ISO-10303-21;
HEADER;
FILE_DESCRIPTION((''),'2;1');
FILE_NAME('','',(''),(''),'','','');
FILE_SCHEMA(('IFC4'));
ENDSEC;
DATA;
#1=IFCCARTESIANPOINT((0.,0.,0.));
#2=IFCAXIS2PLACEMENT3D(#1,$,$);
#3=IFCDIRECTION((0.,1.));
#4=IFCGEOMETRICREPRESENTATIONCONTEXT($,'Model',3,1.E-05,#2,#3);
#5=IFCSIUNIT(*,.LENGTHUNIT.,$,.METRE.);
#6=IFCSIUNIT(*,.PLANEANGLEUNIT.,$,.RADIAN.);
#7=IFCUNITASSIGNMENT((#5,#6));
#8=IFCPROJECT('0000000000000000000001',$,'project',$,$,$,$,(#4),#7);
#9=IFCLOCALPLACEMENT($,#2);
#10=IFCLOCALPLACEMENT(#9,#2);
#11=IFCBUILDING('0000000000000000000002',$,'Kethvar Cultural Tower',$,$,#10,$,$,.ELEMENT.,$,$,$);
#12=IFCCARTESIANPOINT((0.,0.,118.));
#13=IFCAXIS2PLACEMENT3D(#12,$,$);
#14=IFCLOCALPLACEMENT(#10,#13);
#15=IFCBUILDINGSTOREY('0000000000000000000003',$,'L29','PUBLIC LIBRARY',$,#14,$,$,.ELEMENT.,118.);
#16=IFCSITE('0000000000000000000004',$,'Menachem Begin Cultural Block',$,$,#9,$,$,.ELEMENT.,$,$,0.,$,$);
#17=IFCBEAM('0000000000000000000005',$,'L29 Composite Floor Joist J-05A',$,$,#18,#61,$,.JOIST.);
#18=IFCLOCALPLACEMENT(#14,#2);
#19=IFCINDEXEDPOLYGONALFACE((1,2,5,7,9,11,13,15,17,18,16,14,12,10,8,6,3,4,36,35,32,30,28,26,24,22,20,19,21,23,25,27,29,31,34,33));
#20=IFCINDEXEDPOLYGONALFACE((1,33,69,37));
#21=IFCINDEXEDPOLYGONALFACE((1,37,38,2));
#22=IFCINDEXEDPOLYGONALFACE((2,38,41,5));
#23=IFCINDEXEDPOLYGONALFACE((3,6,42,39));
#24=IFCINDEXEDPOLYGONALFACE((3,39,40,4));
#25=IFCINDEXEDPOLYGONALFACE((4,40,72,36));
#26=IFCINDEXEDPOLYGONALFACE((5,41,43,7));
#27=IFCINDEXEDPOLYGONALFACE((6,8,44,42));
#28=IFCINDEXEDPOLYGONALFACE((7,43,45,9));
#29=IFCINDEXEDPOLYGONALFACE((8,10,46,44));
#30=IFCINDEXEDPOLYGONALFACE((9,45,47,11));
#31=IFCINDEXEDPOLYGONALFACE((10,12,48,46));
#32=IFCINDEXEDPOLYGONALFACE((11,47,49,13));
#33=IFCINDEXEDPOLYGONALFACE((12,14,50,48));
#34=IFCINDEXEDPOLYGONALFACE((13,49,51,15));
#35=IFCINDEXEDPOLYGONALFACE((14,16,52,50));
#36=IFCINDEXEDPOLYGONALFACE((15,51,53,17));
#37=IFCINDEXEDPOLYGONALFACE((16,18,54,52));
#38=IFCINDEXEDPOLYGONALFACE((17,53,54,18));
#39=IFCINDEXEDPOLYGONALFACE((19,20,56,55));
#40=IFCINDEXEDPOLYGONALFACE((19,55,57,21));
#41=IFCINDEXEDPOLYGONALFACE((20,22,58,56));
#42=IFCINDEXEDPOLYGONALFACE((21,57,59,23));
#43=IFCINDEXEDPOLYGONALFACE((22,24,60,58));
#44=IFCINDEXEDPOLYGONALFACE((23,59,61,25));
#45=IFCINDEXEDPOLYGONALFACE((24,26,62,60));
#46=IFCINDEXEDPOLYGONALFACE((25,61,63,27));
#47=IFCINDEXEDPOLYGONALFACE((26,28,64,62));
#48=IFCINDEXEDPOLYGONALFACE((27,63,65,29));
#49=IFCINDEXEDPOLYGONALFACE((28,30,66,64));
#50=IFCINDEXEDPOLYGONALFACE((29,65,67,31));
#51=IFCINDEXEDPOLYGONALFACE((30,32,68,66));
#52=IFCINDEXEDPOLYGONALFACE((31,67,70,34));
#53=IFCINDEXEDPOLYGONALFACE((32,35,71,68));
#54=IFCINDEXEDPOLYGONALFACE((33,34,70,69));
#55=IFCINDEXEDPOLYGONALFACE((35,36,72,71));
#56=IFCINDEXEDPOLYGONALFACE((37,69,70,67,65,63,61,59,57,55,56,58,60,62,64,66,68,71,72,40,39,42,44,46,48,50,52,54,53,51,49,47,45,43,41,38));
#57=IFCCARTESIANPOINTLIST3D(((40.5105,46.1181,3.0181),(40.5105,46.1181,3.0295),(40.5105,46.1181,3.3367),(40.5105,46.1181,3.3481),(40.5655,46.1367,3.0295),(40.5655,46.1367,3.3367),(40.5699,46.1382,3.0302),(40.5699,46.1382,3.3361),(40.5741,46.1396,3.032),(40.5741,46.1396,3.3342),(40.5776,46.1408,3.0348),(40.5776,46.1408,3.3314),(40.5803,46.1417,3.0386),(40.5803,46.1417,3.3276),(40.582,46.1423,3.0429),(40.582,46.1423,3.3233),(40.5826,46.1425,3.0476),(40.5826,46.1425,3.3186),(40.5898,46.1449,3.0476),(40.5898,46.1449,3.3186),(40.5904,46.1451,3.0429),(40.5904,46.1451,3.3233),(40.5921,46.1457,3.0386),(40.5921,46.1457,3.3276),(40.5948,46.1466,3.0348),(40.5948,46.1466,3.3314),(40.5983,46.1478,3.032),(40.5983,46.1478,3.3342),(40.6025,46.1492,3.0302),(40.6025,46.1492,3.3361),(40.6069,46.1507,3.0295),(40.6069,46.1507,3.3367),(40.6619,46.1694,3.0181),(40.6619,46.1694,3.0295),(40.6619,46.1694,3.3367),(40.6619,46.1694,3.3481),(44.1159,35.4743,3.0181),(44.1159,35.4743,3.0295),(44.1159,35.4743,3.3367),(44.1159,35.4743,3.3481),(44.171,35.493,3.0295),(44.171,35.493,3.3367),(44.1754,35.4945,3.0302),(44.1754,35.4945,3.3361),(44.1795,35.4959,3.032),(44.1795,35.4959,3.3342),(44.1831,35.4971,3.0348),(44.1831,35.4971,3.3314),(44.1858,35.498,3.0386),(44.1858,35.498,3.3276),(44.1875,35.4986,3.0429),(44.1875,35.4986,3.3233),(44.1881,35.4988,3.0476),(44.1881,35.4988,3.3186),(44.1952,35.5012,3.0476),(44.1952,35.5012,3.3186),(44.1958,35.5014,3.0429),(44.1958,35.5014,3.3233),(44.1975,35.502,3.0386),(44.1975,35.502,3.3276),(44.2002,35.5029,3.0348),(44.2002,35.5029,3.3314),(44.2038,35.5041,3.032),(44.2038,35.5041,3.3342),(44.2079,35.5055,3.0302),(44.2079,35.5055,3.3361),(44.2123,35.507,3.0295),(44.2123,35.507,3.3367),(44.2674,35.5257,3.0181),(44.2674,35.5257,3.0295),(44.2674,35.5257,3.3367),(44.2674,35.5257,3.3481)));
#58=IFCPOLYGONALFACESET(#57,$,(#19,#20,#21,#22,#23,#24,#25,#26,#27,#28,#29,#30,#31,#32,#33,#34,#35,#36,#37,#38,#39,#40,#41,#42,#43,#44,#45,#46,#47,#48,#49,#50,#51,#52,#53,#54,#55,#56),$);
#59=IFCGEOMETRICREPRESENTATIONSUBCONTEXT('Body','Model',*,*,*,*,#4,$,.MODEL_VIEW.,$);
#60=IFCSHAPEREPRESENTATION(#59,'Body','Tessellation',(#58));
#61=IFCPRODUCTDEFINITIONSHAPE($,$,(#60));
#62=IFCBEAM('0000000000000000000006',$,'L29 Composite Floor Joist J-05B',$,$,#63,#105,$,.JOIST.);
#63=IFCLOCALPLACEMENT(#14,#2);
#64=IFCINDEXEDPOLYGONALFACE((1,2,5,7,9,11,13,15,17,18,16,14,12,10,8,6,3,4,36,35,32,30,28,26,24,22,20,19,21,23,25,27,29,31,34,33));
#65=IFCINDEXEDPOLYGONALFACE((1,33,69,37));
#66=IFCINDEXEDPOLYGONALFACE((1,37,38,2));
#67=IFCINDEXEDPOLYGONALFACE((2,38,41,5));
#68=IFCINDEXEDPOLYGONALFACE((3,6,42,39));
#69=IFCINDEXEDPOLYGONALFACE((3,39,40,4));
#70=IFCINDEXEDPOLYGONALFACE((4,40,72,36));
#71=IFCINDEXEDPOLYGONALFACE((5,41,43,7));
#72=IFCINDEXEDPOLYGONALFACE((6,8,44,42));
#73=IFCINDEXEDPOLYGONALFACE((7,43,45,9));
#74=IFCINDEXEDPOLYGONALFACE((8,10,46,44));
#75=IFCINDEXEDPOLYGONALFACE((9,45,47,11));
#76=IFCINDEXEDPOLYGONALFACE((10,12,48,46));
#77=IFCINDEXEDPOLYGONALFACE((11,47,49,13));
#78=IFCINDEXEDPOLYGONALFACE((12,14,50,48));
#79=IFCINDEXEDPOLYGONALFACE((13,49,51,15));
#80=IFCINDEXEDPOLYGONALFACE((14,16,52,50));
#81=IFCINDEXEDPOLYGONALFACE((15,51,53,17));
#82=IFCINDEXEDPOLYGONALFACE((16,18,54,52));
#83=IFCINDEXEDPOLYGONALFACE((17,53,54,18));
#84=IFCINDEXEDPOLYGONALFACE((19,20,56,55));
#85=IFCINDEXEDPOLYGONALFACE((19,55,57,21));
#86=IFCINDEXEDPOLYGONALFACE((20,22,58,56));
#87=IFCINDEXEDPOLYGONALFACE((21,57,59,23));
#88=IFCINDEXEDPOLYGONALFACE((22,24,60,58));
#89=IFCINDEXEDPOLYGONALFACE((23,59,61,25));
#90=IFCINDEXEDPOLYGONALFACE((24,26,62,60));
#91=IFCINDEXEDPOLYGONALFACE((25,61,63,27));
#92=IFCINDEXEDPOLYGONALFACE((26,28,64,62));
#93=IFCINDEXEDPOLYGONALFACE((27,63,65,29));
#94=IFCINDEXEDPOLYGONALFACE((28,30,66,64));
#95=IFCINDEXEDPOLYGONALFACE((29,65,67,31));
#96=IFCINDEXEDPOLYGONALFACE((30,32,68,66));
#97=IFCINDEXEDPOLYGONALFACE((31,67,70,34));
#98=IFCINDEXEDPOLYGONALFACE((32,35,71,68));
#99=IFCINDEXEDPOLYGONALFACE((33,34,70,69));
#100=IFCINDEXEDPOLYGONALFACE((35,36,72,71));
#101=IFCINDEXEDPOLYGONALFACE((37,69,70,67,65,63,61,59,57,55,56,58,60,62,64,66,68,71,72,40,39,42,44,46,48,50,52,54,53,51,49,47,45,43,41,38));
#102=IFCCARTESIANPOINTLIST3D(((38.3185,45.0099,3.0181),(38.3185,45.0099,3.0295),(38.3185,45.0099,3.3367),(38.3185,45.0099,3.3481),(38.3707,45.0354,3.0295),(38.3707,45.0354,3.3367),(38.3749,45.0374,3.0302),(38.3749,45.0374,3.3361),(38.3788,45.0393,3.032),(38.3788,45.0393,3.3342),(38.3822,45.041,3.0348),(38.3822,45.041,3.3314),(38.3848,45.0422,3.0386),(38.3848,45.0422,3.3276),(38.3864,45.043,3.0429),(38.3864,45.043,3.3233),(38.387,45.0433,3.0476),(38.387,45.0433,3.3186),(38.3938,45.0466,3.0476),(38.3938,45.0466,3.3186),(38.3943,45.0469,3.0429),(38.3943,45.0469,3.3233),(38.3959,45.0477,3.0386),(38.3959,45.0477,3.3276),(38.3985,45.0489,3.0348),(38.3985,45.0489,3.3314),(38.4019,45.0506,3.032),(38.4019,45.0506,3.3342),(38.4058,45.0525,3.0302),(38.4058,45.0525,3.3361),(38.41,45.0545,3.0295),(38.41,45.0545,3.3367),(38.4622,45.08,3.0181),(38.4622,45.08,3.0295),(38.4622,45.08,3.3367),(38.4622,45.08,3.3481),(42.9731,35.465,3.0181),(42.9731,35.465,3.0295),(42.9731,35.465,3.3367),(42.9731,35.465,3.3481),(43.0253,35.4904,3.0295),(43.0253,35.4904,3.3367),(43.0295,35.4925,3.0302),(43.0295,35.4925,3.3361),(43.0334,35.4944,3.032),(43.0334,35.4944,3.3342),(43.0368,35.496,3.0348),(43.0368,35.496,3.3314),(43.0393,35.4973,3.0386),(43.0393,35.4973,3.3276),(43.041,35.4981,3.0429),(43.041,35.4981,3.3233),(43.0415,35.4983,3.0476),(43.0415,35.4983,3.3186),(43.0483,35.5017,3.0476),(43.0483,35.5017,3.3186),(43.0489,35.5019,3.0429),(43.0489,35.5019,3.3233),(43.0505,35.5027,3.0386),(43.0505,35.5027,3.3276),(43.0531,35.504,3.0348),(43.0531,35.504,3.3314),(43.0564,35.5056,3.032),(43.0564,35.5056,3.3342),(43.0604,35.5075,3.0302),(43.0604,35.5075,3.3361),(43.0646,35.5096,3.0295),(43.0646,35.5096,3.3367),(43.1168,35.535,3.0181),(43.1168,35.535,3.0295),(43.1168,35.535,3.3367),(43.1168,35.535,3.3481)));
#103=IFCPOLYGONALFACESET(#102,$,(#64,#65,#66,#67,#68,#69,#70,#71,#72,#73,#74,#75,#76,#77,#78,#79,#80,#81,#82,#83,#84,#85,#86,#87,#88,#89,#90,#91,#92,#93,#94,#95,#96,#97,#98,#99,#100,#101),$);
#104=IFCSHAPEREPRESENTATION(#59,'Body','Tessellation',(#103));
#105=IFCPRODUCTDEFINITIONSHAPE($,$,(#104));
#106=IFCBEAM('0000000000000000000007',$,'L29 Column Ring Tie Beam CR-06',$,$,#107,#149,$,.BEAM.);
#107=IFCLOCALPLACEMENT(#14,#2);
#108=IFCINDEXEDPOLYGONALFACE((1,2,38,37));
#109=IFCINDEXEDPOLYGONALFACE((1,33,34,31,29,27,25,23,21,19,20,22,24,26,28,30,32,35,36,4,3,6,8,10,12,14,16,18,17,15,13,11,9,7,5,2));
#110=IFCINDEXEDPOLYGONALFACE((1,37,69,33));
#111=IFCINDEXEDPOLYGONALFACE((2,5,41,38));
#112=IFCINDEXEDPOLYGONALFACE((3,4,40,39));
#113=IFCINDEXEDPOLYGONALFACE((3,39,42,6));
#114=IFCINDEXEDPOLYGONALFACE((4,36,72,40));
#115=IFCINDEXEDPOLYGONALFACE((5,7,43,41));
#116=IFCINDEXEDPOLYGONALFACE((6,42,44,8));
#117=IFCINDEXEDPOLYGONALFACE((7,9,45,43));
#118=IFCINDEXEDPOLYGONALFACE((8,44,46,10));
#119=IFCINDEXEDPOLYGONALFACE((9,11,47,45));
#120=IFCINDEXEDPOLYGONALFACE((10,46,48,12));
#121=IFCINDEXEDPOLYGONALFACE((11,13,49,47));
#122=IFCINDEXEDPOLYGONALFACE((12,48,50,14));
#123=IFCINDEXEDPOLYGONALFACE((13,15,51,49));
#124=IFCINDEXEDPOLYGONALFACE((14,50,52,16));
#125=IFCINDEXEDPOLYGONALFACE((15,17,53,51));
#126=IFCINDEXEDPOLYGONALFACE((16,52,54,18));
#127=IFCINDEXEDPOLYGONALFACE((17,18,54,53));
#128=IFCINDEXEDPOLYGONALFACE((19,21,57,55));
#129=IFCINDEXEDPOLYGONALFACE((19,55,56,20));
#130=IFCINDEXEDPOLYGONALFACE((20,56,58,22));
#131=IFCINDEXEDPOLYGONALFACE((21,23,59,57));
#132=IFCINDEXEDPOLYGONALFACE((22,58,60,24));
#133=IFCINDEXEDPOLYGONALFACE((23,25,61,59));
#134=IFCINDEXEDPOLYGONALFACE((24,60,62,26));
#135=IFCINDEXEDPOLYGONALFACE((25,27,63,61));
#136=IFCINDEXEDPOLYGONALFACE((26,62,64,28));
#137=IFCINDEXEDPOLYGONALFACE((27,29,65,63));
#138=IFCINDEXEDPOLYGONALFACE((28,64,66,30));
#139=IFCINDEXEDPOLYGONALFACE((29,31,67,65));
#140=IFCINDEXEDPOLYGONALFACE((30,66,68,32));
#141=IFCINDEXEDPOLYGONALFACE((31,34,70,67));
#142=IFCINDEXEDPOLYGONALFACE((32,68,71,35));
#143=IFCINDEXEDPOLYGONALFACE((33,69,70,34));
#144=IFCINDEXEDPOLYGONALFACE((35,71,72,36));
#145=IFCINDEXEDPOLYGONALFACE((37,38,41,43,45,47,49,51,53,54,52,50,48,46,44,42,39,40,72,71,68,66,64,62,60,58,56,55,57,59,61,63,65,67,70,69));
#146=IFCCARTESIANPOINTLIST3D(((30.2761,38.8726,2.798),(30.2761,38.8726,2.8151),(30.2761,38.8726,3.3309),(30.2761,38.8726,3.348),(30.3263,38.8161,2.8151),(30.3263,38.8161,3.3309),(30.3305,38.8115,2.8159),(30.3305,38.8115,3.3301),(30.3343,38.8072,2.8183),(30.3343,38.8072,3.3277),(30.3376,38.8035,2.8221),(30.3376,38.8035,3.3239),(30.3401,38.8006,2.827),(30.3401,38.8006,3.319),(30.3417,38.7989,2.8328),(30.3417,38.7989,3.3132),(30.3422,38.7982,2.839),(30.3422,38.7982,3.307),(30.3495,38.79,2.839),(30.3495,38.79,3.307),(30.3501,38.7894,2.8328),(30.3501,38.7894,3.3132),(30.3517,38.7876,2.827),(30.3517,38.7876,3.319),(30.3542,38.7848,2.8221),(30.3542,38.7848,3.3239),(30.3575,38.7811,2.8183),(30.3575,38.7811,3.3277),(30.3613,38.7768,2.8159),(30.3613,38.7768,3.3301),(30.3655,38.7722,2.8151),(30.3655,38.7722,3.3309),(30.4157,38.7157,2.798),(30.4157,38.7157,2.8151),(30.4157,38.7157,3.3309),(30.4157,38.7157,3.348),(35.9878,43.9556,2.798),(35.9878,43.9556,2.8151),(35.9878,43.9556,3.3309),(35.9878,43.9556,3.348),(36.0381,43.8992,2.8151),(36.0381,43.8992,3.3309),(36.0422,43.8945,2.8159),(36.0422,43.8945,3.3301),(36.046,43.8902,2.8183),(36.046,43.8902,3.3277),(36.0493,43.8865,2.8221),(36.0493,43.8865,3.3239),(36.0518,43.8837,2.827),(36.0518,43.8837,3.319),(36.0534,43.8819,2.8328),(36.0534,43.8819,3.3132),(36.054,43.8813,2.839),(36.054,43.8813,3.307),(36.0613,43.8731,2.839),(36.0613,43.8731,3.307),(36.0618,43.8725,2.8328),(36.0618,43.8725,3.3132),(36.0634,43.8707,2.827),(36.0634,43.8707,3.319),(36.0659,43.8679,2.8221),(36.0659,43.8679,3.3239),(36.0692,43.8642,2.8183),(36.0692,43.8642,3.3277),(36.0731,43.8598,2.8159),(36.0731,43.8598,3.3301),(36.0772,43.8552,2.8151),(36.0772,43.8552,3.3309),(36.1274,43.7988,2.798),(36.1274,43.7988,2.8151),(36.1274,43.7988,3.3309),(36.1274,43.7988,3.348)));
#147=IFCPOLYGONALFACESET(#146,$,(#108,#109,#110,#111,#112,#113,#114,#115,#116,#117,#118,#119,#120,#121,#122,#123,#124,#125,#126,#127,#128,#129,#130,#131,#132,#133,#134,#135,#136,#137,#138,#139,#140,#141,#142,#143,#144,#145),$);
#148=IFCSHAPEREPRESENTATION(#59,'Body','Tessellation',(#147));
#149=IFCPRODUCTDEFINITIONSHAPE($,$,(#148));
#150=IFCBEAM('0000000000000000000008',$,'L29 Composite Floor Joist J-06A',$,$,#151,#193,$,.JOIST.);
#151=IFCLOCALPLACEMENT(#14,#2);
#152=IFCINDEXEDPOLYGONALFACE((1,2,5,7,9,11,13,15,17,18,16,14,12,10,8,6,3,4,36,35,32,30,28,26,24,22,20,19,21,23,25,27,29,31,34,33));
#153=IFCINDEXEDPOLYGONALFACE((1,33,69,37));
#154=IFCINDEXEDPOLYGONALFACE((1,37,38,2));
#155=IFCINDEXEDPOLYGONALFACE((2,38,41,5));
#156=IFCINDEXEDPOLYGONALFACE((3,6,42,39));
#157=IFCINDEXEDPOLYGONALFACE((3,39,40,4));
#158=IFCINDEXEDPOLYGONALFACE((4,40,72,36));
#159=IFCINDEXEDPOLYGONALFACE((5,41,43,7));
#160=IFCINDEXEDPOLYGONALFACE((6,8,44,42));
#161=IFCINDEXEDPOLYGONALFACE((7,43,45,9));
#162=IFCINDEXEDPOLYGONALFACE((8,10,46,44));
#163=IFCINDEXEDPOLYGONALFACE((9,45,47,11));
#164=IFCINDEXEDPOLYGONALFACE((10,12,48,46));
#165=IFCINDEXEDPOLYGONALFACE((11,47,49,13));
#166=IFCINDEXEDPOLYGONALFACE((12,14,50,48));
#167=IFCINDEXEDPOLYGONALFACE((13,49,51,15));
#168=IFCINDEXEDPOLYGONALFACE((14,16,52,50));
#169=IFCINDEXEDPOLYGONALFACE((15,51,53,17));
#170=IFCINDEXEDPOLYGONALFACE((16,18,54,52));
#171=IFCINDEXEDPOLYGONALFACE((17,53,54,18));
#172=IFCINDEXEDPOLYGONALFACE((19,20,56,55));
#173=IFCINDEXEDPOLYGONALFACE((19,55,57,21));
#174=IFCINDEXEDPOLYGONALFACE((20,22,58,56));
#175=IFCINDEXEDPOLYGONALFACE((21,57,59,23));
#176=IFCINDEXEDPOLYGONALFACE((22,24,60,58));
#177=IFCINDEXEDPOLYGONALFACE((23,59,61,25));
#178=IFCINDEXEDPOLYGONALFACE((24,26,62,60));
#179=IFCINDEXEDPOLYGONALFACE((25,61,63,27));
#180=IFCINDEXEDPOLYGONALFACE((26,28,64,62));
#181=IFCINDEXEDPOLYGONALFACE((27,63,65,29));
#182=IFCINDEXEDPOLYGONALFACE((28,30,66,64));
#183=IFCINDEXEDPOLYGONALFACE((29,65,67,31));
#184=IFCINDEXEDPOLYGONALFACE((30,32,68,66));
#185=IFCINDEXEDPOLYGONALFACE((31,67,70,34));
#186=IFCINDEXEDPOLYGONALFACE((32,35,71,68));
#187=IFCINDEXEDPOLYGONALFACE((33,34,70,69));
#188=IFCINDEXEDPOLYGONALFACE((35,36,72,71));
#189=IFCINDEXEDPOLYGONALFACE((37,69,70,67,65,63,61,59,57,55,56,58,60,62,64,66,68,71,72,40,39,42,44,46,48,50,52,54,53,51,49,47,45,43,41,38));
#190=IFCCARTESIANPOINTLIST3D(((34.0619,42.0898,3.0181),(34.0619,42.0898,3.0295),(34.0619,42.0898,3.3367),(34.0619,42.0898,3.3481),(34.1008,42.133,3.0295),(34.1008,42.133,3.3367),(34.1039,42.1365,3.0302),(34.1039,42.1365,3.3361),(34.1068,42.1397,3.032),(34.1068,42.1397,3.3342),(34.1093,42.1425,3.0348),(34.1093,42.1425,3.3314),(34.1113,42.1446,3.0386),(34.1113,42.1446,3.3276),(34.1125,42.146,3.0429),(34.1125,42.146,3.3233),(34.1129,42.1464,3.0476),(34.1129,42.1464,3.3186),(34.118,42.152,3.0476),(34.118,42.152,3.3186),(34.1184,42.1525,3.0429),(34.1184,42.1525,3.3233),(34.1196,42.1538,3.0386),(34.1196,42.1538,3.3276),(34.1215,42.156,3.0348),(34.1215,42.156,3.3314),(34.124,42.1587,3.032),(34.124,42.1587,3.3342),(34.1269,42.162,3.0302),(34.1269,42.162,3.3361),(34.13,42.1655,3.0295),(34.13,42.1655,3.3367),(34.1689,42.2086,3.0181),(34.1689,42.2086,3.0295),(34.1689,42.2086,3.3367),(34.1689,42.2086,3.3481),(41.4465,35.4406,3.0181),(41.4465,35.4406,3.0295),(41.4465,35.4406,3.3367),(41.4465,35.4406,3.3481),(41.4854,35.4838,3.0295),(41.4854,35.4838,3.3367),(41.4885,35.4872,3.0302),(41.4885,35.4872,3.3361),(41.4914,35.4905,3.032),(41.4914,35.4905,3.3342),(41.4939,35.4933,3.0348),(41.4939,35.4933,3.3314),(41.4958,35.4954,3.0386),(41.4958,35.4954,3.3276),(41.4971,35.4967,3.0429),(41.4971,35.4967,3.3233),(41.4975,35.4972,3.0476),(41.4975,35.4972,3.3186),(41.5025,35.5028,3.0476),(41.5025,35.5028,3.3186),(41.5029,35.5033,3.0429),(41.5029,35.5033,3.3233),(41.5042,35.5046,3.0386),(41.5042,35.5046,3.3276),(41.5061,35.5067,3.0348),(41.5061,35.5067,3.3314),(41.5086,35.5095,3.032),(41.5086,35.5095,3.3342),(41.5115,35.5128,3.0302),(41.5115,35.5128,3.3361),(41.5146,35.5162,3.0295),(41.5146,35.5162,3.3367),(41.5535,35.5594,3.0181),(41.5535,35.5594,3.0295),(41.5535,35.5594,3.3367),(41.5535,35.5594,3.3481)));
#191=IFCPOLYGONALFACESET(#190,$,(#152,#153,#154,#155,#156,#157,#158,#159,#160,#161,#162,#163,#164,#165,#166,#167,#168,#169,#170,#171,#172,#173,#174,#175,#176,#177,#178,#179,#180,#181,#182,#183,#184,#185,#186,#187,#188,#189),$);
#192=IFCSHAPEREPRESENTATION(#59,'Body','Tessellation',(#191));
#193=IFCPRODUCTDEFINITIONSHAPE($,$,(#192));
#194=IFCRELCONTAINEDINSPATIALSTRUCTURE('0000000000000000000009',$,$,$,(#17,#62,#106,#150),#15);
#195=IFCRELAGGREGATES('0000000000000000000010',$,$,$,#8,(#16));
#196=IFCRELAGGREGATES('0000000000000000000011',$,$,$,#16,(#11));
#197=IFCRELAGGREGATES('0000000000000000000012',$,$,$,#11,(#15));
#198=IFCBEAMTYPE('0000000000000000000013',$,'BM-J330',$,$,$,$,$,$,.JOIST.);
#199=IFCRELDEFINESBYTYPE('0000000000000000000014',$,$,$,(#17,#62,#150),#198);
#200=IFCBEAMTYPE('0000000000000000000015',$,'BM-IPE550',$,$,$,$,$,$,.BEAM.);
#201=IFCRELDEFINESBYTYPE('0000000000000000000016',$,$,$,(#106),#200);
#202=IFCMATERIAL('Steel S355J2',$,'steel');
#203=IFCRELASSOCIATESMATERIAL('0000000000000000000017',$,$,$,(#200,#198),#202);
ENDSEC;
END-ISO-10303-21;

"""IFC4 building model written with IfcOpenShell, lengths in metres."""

from ifc_helpers import new_model, si_unit, direction, frame, origin, origin_2d, place, context, subcontext, project, spatial, i_section, extrude, source, transform, mapped, material, material_profile, profile_set, type_object, element, save


model = new_model("IFC4")

# Units and contexts
model_context = context("Model", 3, precision=1e-05, world=origin(), true_north=direction((0.0, 1.0)))
body_context = subcontext(model_context, "Body", "Model", "MODEL_VIEW")
ifc_project = project(units=[si_unit("LENGTHUNIT", "METRE"), si_unit("PLANEANGLEUNIT", "RADIAN")], contexts=[model_context])

# Site, building, storey
site_placement = place(None, origin())
site = spatial("IfcSite", under=ifc_project, at=site_placement, Name="Menachem Begin Cultural Block", CompositionType="ELEMENT", RefElevation=0.0)
building_placement = place(site_placement, origin())
building = spatial("IfcBuilding", under=site, at=building_placement, Name="Kethvar Cultural Tower", CompositionType="ELEMENT")
storey_placement = place(building_placement, frame((0.0, 0.0, 118.0)))
storey = spatial("IfcBuildingStorey", under=building, at=storey_placement, Name="L29", Description="PUBLIC LIBRARY", CompositionType="ELEMENT", Elevation=118.0)

# Beams
ifc_material_1 = material(Name="Steel S355J2", Category="steel")
ifc_material_profile_1 = material_profile(ifc_material_1, i_section(OverallWidth=0.21, OverallDepth=0.55, WebThickness=0.011, FlangeThickness=0.0171, FilletRadius=0.0239, at=origin_2d()), Name="Steel S355J2 — IPE550")
ifc_profile_set_1 = profile_set([ifc_material_profile_1], Name="Steel S355J2 — IPE550")
beam_type_1 = type_object("IfcBeamType", Name="BM-IPE550", PredefinedType="BEAM", material=ifc_profile_set_1)
ifc_material_profile_2 = material_profile(ifc_material_1, i_section(OverallWidth=0.1599, OverallDepth=0.3301, WebThickness=0.0076, FlangeThickness=0.0115, FilletRadius=0.0181, at=origin_2d()), Name="Steel S355J2 — IPE330")
ifc_profile_set_2 = profile_set([ifc_material_profile_2], Name="Steel S355J2 — IPE330")
beam_type_2 = type_object("IfcBeamType", Name="BM-J330", PredefinedType="JOIST", material=ifc_profile_set_2)
shared_shape_1 = source(origin(), body_context, "Body", "SweptSolid", [
    extrude(i_section(OverallWidth=0.1599, OverallDepth=0.3301, WebThickness=0.0076, FlangeThickness=0.0115, FilletRadius=0.0181, at=origin_2d()), origin(), (0.0, 0.0, 1.0), 11.2378),
])
beam_1_placement = place(storey_placement, frame((44.1917, 35.5, 3.1831), z_axis=(-0.320832, 0.947136, 0.0), x_axis=(-0.947136, -0.320832, 0.0)))
element("IfcBeam", 1, at=beam_1_placement, inside=storey, type_object=beam_type_2, Name="L29 Composite Floor Joist J-05A", PredefinedType="JOIST", context=body_context, shape_type="MappedRepresentation", body=[
    mapped(shared_shape_1, transform((0.0, 0.0, 0.0), scale=1.0)),
])
shared_shape_2 = source(origin(), body_context, "Body", "SweptSolid", [
    extrude(i_section(OverallWidth=0.1599, OverallDepth=0.3301, WebThickness=0.0076, FlangeThickness=0.0115, FilletRadius=0.0181, at=origin_2d()), origin(), (0.0, 0.0, 1.0), 10.6194),
])
beam_2_placement = place(storey_placement, frame((43.0449, 35.5, 3.1831), z_axis=(-0.438308, 0.898825, 0.0), x_axis=(-0.898825, -0.438308, 0.0)))
element("IfcBeam", 2, at=beam_2_placement, inside=storey, type_object=beam_type_2, Name="L29 Composite Floor Joist J-05B", PredefinedType="JOIST", context=body_context, shape_type="MappedRepresentation", body=[
    mapped(shared_shape_2, transform((0.0, 0.0, 0.0), scale=1.0)),
])
shared_shape_3 = source(origin(), body_context, "Body", "SweptSolid", [
    extrude(i_section(OverallWidth=0.21, OverallDepth=0.55, WebThickness=0.011, FlangeThickness=0.0171, FilletRadius=0.0239, at=origin_2d()), origin(), (0.0, 0.0, 1.0), 7.646),
])
beam_3_placement = place(storey_placement, frame((36.0576, 43.8772, 3.073), z_axis=(-0.747022, -0.6648, 0.0), x_axis=(0.6648, -0.747022, 0.0)))
element("IfcBeam", 3, at=beam_3_placement, inside=storey, type_object=beam_type_1, Name="L29 Column Ring Tie Beam CR-06", PredefinedType="BEAM", context=body_context, shape_type="MappedRepresentation", body=[
    mapped(shared_shape_3, transform((0.0, 0.0, 0.0), scale=1.0)),
])
shared_shape_4 = source(origin(), body_context, "Body", "SweptSolid", [
    extrude(i_section(OverallWidth=0.1599, OverallDepth=0.3301, WebThickness=0.0076, FlangeThickness=0.0115, FilletRadius=0.0181, at=origin_2d()), origin(), (0.0, 0.0, 1.0), 9.937),
])
beam_4_placement = place(storey_placement, frame((41.5, 35.5, 3.1831), z_axis=(-0.743139, 0.669137, 0.0), x_axis=(-0.669137, -0.743139, 0.0)))
element("IfcBeam", 4, at=beam_4_placement, inside=storey, type_object=beam_type_2, Name="L29 Composite Floor Joist J-06A", PredefinedType="JOIST", context=body_context, shape_type="MappedRepresentation", body=[
    mapped(shared_shape_4, transform((0.0, 0.0, 0.0), scale=1.0)),
])

save(model, "model.ifc")
